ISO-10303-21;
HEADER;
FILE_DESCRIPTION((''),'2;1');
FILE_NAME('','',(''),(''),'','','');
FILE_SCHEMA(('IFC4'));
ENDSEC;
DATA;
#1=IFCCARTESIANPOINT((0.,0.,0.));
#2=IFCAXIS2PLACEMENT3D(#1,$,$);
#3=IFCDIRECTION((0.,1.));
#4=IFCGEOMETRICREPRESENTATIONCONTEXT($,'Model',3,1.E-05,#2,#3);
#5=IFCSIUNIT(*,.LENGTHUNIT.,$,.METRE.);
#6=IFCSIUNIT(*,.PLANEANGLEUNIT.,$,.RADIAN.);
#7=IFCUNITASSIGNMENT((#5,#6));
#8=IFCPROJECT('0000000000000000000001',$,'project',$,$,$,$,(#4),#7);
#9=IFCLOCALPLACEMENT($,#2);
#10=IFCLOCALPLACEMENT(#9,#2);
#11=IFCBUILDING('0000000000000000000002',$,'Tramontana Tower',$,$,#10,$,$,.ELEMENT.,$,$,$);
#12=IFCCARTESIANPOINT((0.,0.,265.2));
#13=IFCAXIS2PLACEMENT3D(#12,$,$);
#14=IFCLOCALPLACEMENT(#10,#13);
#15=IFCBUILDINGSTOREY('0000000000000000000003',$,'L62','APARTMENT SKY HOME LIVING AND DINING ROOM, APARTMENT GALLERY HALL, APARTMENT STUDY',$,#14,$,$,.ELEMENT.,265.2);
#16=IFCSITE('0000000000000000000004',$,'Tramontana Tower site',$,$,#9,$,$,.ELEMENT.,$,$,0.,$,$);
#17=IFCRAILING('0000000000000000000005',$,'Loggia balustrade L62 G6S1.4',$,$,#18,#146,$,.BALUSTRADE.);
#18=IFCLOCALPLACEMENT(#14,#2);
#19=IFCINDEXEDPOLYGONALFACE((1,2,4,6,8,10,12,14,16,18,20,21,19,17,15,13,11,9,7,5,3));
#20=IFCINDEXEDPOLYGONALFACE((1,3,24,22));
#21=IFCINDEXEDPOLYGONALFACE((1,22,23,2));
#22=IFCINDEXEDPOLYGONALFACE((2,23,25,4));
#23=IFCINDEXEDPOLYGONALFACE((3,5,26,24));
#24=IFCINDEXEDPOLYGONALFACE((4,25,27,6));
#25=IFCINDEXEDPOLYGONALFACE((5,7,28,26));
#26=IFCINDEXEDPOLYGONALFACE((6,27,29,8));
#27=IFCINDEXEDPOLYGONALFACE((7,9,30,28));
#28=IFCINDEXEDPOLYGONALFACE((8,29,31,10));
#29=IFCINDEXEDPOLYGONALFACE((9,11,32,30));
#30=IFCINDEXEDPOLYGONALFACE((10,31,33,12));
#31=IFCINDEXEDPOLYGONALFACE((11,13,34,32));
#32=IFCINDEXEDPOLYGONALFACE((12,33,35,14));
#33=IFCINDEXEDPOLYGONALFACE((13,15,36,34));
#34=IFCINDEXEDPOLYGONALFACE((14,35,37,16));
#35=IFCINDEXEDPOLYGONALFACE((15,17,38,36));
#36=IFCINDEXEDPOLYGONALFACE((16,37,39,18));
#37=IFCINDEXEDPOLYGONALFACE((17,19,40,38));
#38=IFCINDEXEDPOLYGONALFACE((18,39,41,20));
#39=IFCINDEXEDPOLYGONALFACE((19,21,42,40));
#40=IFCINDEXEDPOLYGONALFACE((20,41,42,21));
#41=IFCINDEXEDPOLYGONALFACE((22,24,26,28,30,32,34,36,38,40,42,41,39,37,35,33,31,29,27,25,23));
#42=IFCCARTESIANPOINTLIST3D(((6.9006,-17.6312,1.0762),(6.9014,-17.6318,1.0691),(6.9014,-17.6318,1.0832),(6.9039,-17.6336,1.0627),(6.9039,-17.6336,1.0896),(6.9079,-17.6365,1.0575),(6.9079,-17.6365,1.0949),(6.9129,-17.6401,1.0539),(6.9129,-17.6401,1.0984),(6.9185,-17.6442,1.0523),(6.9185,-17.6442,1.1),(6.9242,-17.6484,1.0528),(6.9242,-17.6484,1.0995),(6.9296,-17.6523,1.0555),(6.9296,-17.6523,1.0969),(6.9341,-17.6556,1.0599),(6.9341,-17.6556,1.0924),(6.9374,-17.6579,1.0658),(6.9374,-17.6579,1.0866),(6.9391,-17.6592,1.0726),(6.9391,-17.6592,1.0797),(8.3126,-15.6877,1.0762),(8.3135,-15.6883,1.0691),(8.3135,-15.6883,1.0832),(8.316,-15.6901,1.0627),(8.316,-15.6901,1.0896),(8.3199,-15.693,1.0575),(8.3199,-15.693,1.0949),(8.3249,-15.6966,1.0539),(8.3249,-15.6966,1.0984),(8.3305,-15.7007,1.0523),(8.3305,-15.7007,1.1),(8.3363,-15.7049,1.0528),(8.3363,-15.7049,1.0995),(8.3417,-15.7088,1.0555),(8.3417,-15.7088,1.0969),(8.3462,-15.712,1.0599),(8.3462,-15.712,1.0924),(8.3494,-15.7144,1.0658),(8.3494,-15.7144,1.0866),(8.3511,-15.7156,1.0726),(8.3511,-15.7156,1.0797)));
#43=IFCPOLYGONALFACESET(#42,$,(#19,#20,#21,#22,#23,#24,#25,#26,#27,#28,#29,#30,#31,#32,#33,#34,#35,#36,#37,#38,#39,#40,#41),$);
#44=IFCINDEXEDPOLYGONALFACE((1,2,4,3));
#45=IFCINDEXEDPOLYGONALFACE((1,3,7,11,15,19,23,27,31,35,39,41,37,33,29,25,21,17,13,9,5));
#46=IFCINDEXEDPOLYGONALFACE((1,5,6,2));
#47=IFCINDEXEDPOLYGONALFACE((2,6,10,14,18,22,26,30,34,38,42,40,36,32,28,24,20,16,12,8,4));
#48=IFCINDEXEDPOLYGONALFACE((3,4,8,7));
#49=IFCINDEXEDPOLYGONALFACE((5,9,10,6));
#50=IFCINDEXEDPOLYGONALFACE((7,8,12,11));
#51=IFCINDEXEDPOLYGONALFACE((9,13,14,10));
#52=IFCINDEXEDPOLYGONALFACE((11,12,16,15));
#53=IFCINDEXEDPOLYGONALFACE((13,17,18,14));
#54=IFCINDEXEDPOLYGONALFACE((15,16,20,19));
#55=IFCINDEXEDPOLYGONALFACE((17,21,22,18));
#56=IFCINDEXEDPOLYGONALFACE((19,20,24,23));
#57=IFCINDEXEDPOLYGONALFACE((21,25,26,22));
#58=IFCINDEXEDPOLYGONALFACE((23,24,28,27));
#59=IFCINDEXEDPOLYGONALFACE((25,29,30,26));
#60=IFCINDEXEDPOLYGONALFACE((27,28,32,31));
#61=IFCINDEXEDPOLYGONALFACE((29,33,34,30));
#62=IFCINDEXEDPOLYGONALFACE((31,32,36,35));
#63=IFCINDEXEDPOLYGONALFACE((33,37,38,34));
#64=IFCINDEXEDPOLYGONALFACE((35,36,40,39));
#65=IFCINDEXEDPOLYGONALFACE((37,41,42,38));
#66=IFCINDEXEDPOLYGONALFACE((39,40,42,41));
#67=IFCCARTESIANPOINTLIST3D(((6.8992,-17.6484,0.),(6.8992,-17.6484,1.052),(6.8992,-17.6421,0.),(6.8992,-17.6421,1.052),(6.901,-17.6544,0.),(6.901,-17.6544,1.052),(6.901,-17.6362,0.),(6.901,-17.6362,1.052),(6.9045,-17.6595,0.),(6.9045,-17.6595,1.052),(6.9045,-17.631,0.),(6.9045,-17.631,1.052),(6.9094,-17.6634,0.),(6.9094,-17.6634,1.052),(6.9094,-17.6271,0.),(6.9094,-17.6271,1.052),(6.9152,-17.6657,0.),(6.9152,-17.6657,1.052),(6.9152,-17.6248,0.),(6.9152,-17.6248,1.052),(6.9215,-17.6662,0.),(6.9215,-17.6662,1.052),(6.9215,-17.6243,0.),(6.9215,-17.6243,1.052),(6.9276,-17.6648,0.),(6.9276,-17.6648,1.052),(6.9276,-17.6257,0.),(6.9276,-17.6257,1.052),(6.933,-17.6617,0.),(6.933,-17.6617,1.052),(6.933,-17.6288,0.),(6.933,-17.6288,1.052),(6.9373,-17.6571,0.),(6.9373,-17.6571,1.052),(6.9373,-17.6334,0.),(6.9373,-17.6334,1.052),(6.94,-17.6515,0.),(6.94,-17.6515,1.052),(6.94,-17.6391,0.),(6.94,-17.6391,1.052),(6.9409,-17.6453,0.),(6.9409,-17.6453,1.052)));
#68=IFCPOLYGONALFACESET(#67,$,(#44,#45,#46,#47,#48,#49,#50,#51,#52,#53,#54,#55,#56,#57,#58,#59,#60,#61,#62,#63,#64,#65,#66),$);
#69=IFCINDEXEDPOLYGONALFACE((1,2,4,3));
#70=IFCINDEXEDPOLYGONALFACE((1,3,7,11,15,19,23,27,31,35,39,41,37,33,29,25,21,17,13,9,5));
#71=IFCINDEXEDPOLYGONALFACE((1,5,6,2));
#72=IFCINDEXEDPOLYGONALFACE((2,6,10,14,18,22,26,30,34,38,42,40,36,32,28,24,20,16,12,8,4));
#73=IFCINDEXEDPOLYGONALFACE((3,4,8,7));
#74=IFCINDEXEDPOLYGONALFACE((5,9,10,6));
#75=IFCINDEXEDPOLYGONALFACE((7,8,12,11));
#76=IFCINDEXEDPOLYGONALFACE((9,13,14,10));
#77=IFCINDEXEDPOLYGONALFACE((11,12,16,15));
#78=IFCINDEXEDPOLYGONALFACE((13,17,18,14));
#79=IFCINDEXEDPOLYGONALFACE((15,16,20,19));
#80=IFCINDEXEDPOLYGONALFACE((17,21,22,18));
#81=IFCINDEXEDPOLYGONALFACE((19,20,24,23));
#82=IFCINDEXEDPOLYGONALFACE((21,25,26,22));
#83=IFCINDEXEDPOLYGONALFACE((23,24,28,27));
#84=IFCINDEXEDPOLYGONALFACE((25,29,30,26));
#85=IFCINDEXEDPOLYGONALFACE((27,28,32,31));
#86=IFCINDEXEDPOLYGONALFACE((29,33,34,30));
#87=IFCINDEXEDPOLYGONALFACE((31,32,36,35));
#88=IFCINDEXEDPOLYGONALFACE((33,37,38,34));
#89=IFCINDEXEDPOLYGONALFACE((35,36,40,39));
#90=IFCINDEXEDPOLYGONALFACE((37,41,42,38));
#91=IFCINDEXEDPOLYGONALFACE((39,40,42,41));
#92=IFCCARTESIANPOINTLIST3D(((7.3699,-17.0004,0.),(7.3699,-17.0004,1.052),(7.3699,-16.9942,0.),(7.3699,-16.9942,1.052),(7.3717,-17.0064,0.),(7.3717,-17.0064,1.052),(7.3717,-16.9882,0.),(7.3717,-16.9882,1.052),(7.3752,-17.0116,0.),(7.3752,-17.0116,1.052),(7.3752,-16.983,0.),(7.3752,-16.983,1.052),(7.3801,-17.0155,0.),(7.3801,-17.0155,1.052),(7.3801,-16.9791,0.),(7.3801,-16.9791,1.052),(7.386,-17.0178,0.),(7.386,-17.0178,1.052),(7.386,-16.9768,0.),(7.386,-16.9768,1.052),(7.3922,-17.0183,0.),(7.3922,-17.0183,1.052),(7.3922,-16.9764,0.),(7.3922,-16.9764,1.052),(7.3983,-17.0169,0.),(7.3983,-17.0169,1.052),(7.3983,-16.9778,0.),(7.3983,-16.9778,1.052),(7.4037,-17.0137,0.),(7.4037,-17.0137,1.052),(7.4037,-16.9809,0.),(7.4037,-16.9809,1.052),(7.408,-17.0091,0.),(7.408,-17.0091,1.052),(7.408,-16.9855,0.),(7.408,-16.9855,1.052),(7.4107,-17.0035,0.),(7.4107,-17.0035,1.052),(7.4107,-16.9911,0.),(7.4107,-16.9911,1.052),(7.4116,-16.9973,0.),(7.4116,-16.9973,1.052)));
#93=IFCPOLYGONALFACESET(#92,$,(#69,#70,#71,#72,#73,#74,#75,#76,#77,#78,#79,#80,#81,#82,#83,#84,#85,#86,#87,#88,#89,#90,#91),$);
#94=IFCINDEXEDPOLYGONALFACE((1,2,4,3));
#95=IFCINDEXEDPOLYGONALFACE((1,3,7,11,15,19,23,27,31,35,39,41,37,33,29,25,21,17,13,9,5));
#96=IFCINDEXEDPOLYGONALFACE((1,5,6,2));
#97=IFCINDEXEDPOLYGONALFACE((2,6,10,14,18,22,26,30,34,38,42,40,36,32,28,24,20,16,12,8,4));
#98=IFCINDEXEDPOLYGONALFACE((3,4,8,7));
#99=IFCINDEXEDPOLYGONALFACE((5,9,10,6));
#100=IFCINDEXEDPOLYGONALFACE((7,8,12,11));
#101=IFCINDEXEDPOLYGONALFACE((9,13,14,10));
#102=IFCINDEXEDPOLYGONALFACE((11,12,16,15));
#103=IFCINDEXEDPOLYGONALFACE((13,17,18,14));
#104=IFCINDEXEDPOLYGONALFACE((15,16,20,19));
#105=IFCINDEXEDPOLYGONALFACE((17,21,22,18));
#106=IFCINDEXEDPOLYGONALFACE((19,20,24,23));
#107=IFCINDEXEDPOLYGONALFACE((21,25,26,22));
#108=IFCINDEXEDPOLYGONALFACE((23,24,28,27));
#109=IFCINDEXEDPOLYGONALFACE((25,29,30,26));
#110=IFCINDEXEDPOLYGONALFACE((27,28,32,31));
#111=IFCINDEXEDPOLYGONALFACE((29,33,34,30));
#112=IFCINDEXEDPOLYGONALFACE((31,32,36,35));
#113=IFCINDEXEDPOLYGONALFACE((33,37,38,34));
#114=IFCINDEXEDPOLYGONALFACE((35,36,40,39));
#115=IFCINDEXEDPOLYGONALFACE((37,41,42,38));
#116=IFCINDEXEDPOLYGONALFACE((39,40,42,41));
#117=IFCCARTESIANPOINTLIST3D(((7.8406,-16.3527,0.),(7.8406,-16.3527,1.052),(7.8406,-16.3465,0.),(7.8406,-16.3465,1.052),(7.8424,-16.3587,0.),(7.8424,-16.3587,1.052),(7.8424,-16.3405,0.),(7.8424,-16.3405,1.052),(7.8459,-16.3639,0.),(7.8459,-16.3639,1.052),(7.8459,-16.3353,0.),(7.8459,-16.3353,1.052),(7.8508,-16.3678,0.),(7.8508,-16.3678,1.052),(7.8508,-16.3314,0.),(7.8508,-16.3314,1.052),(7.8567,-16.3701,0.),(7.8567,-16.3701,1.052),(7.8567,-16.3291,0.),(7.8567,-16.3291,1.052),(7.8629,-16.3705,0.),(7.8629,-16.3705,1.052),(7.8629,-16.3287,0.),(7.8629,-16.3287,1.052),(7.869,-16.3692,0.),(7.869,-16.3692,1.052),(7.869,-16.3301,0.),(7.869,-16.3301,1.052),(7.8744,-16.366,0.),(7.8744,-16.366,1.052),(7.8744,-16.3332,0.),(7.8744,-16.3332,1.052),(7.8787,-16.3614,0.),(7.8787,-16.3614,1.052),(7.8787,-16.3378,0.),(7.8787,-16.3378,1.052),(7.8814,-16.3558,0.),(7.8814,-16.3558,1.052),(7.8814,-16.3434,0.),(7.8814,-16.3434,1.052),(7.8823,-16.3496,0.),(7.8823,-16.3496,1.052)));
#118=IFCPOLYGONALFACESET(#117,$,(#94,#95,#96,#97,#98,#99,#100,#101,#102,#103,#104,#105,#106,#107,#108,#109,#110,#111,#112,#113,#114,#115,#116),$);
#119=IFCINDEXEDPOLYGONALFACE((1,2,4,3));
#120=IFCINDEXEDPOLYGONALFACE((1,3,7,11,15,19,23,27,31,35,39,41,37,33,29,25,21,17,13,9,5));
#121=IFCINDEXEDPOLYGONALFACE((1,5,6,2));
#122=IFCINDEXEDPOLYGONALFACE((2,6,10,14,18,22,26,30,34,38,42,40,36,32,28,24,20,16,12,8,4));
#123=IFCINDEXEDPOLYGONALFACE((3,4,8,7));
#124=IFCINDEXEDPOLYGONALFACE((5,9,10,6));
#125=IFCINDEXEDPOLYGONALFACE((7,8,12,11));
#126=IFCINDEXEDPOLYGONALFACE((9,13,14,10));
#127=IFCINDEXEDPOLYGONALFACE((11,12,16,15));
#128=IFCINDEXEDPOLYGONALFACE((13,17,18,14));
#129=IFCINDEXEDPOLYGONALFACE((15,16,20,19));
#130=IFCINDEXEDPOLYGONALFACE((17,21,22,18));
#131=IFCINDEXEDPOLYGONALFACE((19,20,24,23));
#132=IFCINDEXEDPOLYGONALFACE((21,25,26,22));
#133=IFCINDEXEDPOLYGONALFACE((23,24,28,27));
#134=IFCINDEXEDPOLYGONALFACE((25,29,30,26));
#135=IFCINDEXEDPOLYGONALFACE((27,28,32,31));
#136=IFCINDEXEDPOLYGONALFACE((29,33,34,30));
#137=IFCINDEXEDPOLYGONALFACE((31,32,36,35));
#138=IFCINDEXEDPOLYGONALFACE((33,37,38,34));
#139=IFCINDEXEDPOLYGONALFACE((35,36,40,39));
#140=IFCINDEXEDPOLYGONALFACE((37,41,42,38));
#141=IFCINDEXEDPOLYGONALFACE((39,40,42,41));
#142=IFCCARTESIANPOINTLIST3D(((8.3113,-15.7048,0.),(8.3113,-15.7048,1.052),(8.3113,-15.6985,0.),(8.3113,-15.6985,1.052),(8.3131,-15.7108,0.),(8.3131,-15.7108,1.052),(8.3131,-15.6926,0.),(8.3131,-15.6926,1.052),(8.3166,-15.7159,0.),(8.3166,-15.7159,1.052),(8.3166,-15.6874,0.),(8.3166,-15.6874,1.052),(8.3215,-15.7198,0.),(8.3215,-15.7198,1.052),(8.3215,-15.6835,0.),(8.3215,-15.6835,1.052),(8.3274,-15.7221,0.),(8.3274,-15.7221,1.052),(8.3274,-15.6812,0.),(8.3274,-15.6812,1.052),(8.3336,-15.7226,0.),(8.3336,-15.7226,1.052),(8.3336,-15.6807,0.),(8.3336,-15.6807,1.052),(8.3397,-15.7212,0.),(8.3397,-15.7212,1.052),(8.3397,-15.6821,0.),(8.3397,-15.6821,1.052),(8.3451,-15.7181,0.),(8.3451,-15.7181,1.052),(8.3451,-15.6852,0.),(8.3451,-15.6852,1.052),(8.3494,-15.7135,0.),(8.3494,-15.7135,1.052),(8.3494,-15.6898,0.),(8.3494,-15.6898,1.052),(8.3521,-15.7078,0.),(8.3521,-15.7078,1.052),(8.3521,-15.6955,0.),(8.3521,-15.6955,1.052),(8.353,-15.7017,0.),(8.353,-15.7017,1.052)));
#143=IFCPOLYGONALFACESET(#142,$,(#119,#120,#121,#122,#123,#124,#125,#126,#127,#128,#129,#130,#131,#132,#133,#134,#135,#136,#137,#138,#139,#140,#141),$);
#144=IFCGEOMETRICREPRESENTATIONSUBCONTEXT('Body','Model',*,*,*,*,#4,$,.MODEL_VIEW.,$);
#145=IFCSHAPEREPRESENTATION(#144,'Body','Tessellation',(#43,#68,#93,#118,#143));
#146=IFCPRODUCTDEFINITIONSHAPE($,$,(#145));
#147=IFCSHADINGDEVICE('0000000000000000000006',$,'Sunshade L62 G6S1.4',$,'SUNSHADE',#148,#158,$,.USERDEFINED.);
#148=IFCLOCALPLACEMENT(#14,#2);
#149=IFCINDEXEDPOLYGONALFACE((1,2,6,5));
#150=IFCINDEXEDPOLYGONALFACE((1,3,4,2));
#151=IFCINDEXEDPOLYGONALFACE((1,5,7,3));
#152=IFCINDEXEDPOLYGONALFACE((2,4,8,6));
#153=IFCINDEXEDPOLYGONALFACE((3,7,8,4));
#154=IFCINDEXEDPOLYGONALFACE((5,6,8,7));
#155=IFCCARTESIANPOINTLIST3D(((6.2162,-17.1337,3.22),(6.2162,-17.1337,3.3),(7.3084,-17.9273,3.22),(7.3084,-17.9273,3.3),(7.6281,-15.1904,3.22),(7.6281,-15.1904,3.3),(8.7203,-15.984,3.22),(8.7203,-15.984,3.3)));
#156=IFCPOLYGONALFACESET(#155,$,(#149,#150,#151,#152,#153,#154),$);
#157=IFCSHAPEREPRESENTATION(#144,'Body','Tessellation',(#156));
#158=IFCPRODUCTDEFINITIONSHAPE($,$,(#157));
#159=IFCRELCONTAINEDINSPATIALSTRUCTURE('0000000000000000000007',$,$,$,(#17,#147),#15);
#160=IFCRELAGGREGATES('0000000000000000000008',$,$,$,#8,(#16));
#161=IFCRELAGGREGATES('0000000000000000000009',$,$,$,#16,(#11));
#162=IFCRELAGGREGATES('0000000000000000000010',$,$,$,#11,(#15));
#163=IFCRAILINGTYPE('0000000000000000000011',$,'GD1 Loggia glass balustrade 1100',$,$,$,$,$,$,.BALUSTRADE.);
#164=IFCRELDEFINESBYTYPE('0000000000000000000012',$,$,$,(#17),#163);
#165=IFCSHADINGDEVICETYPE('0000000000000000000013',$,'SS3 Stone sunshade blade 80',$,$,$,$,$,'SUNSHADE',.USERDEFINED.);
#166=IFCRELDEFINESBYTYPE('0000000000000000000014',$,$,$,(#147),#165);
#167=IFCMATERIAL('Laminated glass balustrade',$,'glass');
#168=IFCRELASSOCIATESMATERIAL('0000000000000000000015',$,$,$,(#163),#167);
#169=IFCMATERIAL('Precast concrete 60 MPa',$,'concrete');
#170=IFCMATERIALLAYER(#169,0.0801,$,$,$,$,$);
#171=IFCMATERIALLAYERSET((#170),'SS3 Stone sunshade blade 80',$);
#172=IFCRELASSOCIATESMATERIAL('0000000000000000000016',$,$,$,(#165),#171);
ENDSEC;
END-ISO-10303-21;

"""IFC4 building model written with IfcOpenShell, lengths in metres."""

from ifc_helpers import new_model, si_unit, direction, frame, origin, origin_2d, place, context, subcontext, project, spatial, rectangle, circle, extrude, material, layer, layer_set, type_object, element, save


model = new_model("IFC4")

# Units and contexts
model_context = context("Model", 3, precision=1e-05, world=origin(), true_north=direction((0.0, 1.0)))
body_context = subcontext(model_context, "Body", "Model", "MODEL_VIEW")
ifc_project = project(units=[si_unit("LENGTHUNIT", "METRE"), si_unit("PLANEANGLEUNIT", "RADIAN")], contexts=[model_context])

# Site, building, storey
site_placement = place(None, origin())
site = spatial("IfcSite", under=ifc_project, at=site_placement, Name="Tramontana Tower site", CompositionType="ELEMENT", RefElevation=0.0)
building_placement = place(site_placement, origin())
building = spatial("IfcBuilding", under=site, at=building_placement, Name="Tramontana Tower", CompositionType="ELEMENT")
storey_placement = place(building_placement, frame((0.0, 0.0, 265.2)))
storey = spatial("IfcBuildingStorey", under=building, at=storey_placement, Name="L62", Description="APARTMENT SKY HOME LIVING AND DINING ROOM, APARTMENT GALLERY HALL, APARTMENT STUDY", CompositionType="ELEMENT", Elevation=265.2)

# Railing
ifc_material_1 = material(Name="Laminated glass balustrade", Category="glass")
railing_type = type_object("IfcRailingType", Name="GD1 Loggia glass balustrade 1100", PredefinedType="BALUSTRADE", material=ifc_material_1)
railing_placement = place(storey_placement, frame((6.9199, -17.6453, 0.0)))
element("IfcRailing", 1, at=railing_placement, inside=storey, type_object=railing_type, Name="Loggia balustrade L62 G6S1.4", PredefinedType="BALUSTRADE", context=body_context, shape_type="SweptSolid", body=[
    extrude(circle(Radius=0.0239, at=origin_2d()), frame((0.0, 0.0, 1.0762), z_axis=(0.587785, 0.809017, 0.0), x_axis=(-0.809017, 0.587785, 0.0)), (0.0, 0.0, 1.0), 2.4023),
    extrude(circle(Radius=0.021, at=origin_2d()), origin(), (0.0, 0.0, 1.0), 1.052),
    extrude(circle(Radius=0.021, at=origin_2d()), frame((0.4707, 0.6479, 0.0)), (0.0, 0.0, 1.0), 1.052),
    extrude(circle(Radius=0.021, at=origin_2d()), frame((0.9414, 1.2957, 0.0)), (0.0, 0.0, 1.0), 1.052),
    extrude(circle(Radius=0.021, at=origin_2d()), frame((1.4121, 1.9436, 0.0)), (0.0, 0.0, 1.0), 1.052),
])

# Shading device
ifc_material_2 = material(Name="Precast concrete 60 MPa", Category="concrete")
ifc_layer_1 = layer(ifc_material_2, 0.0801)
ifc_layer_set_1 = layer_set([ifc_layer_1], Name="SS3 Stone sunshade blade 80")
shading_device_type = type_object("IfcShadingDeviceType", Name="SS3 Stone sunshade blade 80", ElementType="SUNSHADE", PredefinedType="USERDEFINED", material=ifc_layer_set_1)
shading_device_placement = place(storey_placement, frame((7.4683, -16.5588, 3.22), z_axis=(0.0, 0.0, 1.0), x_axis=(0.587785, 0.809017, 0.0)))
element("IfcShadingDevice", 2, at=shading_device_placement, inside=storey, type_object=shading_device_type, Name="Sunshade L62 G6S1.4", ObjectType="SUNSHADE", PredefinedType="USERDEFINED", context=body_context, shape_type="SweptSolid", body=[
    extrude(rectangle(XDim=2.4021, YDim=1.3501, at=origin_2d()), origin(), (0.0, 0.0, 1.0), 0.0801),
])

save(model, "model.ifc")
